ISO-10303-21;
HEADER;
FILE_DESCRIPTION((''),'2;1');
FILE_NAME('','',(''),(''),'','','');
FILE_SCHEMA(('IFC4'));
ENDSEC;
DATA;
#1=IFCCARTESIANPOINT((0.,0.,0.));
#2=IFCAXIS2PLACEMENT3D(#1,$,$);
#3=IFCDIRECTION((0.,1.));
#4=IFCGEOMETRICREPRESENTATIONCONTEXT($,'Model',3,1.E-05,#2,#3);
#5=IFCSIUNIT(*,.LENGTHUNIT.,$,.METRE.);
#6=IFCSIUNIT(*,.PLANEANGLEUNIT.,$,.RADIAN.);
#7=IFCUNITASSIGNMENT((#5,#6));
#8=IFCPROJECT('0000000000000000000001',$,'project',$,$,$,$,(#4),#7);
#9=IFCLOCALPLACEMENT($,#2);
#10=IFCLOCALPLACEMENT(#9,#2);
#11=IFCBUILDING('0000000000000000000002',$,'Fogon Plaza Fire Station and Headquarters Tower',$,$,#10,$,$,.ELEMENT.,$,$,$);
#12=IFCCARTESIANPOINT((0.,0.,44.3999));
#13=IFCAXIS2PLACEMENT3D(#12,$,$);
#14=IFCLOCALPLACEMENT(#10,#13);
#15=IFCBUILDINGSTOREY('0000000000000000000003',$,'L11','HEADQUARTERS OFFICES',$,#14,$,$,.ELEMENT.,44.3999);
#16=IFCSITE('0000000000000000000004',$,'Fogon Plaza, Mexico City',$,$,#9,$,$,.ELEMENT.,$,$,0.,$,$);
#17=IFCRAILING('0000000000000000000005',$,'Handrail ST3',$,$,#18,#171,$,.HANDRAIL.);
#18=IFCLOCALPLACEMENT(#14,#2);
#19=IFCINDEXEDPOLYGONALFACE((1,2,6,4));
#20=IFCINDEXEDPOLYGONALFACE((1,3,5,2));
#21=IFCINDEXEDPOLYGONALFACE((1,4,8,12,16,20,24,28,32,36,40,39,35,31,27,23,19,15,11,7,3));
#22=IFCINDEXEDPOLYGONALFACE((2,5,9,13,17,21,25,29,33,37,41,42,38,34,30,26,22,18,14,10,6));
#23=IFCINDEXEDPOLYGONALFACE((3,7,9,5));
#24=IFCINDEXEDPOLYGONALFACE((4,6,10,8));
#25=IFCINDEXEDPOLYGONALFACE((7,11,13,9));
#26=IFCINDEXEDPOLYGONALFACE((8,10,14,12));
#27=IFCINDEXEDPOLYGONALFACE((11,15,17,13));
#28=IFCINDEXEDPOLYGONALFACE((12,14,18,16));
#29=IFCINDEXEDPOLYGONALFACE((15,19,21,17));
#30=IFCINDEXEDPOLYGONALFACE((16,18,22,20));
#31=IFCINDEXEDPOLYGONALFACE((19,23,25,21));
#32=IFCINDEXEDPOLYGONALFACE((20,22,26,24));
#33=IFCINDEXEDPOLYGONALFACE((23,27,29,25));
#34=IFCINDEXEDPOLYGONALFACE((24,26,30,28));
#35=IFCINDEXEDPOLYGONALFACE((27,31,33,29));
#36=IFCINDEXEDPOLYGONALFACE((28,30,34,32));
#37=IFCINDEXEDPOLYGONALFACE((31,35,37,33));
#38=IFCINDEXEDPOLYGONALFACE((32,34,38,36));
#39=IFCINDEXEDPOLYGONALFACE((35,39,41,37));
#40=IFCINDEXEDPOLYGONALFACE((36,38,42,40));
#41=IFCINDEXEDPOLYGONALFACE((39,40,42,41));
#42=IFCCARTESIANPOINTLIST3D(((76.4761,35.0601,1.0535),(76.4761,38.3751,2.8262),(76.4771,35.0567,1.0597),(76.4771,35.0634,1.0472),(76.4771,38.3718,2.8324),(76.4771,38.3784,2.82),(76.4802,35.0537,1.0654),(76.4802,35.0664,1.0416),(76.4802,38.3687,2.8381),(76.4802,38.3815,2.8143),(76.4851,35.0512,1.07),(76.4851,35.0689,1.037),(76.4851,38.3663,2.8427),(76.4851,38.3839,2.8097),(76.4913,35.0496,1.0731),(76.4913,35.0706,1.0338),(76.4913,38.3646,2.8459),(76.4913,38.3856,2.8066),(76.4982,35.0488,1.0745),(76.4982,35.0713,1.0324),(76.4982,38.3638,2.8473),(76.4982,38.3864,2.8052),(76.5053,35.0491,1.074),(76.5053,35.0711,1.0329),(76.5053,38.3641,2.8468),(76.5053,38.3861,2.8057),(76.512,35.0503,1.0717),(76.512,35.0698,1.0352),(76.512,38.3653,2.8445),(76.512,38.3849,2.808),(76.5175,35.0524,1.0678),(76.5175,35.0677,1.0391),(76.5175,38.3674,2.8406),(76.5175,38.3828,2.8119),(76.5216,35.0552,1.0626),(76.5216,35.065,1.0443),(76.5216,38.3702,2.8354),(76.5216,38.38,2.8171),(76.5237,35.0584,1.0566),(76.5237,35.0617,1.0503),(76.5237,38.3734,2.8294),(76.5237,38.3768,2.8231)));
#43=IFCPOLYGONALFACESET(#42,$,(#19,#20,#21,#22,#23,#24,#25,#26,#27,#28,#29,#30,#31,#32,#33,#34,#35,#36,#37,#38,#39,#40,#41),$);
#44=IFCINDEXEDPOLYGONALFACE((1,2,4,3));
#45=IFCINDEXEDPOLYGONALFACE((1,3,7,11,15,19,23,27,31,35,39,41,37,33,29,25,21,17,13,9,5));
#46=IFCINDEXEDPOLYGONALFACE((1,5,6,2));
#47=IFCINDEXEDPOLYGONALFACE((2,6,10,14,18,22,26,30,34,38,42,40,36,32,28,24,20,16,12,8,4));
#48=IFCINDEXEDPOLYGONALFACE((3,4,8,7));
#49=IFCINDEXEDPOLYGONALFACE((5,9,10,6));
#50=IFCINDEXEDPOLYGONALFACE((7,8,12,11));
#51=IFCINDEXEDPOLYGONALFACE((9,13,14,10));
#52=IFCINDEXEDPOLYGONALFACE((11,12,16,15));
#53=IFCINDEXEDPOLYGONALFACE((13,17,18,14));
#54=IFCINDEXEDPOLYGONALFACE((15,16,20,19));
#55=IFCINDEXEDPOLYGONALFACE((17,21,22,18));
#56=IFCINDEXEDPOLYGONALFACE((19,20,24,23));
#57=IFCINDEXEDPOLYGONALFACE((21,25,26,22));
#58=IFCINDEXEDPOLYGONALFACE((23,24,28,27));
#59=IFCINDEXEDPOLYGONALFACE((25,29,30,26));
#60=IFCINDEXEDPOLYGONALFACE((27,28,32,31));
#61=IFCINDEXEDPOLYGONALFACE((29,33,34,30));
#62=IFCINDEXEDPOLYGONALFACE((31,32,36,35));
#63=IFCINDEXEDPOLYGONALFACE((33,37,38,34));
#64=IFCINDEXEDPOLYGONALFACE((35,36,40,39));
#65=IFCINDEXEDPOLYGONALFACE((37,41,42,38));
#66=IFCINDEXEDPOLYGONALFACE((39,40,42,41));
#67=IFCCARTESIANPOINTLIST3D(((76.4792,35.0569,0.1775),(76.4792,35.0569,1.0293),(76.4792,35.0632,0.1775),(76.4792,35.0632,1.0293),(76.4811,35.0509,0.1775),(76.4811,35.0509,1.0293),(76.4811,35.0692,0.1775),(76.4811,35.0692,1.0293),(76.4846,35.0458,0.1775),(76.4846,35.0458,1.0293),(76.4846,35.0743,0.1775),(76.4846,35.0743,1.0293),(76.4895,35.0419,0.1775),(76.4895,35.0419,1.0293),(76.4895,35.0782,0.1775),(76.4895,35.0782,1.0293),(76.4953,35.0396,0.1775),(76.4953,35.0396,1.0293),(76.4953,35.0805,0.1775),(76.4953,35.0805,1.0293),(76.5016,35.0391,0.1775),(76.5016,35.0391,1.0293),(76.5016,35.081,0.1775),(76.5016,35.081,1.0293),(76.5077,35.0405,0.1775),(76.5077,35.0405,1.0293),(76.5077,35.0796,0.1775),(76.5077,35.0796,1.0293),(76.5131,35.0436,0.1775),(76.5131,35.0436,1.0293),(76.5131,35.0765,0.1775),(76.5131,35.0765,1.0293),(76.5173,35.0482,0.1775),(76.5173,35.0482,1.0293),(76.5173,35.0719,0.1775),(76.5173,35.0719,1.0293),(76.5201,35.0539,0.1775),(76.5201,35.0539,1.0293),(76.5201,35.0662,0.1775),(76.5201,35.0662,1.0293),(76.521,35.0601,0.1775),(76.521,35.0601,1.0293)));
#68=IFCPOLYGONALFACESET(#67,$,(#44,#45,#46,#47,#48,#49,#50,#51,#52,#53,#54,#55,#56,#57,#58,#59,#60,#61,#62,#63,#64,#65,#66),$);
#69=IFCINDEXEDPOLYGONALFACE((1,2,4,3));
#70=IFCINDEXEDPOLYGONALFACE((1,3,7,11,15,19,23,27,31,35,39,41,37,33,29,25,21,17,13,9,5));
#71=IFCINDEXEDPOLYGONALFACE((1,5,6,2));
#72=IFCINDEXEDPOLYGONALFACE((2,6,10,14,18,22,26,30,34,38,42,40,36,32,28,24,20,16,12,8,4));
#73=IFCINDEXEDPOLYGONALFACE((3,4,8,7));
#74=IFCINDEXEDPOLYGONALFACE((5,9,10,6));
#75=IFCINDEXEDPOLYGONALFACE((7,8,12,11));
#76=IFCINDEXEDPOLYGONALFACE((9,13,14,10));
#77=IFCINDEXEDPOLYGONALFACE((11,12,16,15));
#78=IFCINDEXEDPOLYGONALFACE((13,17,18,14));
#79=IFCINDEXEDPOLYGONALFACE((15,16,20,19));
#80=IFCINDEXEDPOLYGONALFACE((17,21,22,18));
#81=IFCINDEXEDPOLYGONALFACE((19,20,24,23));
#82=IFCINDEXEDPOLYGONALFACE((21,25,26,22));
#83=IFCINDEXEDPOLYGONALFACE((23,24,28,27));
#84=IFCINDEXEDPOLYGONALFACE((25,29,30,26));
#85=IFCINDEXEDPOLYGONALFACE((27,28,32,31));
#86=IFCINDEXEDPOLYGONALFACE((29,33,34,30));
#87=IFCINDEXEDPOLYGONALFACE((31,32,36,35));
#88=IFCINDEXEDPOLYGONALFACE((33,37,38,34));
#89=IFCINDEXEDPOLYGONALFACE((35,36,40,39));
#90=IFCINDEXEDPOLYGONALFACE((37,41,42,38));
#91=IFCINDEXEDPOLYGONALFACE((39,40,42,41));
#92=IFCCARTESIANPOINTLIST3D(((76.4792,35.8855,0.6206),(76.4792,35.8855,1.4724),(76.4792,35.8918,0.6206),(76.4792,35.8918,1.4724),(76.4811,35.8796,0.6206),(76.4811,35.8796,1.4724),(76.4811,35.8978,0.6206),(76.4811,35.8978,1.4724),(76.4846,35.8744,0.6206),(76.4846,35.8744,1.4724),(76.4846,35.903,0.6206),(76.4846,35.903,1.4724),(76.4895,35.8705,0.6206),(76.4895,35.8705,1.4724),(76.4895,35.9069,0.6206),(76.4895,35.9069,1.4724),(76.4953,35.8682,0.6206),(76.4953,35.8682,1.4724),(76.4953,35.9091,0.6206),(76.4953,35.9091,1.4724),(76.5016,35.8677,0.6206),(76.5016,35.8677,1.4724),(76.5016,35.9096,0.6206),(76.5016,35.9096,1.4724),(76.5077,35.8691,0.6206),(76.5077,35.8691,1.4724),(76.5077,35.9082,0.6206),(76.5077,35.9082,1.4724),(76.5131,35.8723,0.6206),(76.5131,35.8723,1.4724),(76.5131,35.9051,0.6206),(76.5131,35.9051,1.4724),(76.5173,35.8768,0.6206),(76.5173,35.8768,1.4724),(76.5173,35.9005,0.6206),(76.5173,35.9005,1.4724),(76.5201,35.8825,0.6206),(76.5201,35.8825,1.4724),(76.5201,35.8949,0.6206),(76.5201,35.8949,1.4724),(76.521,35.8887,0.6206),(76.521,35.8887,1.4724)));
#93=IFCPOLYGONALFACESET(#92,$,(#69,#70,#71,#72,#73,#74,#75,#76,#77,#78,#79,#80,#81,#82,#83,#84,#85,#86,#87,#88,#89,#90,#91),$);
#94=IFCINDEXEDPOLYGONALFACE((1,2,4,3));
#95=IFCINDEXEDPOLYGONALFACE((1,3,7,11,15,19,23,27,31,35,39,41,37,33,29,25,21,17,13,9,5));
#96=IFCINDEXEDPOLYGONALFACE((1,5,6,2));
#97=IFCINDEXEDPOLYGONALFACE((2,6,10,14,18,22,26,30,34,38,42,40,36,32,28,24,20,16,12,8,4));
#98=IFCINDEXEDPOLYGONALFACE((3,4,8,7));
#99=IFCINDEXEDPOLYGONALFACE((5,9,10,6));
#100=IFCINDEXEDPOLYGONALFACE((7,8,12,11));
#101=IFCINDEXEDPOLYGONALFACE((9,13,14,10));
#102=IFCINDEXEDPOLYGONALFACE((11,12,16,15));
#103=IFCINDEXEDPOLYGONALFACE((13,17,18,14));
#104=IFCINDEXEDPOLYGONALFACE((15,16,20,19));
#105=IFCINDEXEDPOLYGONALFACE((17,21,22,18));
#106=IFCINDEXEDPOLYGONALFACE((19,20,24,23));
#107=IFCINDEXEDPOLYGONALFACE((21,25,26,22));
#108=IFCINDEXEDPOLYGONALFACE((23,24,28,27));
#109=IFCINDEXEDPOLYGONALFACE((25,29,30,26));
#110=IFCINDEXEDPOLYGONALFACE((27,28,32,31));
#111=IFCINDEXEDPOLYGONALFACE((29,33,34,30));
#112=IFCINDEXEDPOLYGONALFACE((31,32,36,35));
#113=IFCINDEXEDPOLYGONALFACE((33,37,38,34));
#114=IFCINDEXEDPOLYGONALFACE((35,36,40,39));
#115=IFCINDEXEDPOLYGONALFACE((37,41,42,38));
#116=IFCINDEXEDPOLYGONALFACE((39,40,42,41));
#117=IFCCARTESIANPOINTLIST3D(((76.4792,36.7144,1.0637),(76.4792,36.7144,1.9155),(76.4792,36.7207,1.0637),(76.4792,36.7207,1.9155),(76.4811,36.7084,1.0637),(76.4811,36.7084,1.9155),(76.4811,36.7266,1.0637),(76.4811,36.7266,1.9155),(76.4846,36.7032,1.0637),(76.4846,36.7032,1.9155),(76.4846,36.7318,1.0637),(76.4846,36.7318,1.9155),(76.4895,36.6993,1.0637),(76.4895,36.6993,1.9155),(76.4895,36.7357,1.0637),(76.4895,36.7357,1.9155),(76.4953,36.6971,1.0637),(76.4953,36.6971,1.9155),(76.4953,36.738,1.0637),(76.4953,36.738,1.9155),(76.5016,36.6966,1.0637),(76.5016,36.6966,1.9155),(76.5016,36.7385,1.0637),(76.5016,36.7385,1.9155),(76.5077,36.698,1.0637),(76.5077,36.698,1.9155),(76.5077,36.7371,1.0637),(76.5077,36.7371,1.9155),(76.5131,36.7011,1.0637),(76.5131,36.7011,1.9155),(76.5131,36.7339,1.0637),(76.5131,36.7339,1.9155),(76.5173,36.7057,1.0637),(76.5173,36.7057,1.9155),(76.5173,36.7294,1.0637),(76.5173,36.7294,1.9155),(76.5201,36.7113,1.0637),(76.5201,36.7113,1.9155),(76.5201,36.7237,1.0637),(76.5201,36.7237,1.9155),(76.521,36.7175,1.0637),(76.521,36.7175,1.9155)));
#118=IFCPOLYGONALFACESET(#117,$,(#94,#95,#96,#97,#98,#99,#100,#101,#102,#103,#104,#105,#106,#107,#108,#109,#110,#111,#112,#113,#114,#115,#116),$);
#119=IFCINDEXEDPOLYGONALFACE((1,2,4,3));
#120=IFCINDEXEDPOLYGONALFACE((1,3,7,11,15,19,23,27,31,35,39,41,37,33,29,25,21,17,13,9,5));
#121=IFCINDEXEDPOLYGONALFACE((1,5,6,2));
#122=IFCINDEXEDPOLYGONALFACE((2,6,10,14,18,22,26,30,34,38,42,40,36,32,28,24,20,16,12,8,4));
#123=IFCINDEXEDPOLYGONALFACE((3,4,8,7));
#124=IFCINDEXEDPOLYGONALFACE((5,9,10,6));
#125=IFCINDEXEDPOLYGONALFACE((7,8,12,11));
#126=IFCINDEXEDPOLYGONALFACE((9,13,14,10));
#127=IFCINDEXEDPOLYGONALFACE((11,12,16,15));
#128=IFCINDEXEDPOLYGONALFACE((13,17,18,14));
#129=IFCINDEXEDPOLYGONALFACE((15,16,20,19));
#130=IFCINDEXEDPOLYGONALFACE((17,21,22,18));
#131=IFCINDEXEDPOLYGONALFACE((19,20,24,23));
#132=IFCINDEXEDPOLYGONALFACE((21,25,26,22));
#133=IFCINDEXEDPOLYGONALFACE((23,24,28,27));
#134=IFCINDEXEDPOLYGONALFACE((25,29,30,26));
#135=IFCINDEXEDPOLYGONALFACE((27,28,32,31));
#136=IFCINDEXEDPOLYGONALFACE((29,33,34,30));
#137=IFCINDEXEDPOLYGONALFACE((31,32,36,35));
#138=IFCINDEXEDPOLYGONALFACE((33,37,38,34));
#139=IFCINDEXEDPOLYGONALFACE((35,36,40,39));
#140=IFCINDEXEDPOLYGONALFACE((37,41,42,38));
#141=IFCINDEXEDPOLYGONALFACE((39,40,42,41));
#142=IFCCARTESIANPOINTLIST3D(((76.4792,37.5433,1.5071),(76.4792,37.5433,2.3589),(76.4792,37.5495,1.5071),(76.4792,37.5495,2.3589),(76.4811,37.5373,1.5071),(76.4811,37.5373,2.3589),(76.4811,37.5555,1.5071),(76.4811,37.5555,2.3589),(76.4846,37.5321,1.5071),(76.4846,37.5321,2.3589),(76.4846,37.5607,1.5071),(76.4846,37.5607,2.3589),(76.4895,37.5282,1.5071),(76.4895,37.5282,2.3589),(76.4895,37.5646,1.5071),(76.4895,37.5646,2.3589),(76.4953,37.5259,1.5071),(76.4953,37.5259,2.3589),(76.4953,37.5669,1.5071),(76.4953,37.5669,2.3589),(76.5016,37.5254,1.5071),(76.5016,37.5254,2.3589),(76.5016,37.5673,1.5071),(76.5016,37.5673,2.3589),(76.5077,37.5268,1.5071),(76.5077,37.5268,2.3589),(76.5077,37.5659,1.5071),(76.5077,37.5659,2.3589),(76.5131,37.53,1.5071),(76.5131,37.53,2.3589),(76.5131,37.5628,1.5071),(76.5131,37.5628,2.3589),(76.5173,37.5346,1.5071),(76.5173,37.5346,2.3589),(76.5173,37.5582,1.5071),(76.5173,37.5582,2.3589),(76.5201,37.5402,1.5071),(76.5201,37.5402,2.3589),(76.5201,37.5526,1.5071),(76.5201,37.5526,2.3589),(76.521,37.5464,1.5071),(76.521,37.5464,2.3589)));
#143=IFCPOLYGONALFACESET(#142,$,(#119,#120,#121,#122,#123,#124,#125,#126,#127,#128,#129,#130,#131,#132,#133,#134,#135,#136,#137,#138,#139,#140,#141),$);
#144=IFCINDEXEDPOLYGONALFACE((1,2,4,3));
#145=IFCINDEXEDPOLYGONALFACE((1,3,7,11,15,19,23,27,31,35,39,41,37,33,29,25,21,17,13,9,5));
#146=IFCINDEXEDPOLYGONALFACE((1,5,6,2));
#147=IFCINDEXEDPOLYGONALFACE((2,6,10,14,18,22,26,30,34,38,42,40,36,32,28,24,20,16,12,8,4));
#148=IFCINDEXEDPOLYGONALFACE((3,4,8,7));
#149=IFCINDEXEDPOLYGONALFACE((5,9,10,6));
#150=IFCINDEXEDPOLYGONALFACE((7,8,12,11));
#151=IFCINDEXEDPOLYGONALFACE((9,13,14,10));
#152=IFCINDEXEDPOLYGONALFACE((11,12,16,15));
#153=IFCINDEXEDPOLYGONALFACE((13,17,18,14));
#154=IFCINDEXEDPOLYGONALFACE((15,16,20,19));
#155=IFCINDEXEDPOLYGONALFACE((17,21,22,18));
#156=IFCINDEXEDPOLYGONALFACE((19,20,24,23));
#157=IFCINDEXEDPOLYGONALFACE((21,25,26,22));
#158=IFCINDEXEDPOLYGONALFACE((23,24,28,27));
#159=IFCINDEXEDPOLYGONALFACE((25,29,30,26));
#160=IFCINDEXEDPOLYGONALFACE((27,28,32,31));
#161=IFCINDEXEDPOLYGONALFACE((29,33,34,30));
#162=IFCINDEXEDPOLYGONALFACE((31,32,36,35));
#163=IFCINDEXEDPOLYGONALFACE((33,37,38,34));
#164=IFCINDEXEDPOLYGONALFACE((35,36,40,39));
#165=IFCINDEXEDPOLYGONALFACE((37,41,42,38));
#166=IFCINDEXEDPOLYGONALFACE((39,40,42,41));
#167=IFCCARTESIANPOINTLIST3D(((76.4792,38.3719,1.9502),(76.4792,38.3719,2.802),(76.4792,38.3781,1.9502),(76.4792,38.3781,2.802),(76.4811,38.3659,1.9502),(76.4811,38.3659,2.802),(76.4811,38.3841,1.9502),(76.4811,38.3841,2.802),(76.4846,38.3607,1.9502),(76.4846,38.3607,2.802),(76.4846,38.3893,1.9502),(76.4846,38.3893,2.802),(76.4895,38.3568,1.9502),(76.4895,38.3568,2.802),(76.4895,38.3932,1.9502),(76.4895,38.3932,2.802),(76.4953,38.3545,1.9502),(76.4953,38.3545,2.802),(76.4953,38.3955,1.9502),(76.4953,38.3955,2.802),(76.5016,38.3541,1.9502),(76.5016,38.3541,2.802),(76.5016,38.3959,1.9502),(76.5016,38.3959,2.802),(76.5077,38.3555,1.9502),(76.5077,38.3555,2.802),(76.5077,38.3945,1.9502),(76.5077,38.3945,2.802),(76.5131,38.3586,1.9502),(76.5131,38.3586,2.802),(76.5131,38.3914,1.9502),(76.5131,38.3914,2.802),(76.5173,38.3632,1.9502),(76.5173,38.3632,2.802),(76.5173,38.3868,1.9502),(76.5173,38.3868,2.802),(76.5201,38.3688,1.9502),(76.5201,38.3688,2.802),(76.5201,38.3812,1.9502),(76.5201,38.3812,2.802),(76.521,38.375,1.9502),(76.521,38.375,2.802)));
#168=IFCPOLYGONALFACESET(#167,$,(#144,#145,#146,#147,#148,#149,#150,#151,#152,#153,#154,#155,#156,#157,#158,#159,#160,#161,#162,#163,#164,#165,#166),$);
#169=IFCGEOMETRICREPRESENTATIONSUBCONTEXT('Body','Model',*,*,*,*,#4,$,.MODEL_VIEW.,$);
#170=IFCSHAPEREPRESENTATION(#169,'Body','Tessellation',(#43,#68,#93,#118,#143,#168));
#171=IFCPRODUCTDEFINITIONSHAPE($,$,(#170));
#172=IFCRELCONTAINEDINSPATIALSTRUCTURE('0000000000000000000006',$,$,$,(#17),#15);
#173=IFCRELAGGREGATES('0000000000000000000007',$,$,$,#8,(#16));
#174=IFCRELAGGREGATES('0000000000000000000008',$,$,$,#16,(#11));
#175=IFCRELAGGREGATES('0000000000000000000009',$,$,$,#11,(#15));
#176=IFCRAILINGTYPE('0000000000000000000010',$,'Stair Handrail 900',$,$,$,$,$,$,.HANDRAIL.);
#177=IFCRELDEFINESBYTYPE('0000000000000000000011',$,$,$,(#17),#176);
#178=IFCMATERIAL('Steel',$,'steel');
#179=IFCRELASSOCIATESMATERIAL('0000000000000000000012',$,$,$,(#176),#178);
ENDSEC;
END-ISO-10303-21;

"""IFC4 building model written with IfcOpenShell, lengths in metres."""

from ifc_helpers import new_model, si_unit, direction, frame, origin, origin_2d, place, context, subcontext, project, spatial, circle, extrude, material, type_object, element, save


model = new_model("IFC4")

# Units and contexts
model_context = context("Model", 3, precision=1e-05, world=origin(), true_north=direction((0.0, 1.0)))
body_context = subcontext(model_context, "Body", "Model", "MODEL_VIEW")
ifc_project = project(units=[si_unit("LENGTHUNIT", "METRE"), si_unit("PLANEANGLEUNIT", "RADIAN")], contexts=[model_context])

# Site, building, storey
site_placement = place(None, origin())
site = spatial("IfcSite", under=ifc_project, at=site_placement, Name="Fogon Plaza, Mexico City", CompositionType="ELEMENT", RefElevation=0.0)
building_placement = place(site_placement, origin())
building = spatial("IfcBuilding", under=site, at=building_placement, Name="Fogon Plaza Fire Station and Headquarters Tower", CompositionType="ELEMENT")
storey_placement = place(building_placement, frame((0.0, 0.0, 44.3999)))
storey = spatial("IfcBuildingStorey", under=building, at=storey_placement, Name="L11", Description="HEADQUARTERS OFFICES", CompositionType="ELEMENT", Elevation=44.3999)

# Railing
ifc_material_1 = material(Name="Steel", Category="steel")
railing_type = type_object("IfcRailingType", Name="Stair Handrail 900", PredefinedType="HANDRAIL", material=ifc_material_1)
for number, where, name in (
    (1, (76.5, 35.0601, 0.1775), "Handrail ST3"),
):
    element("IfcRailing", number, at=place(storey_placement, frame(where)), inside=storey, type_object=railing_type, Name=name, PredefinedType="HANDRAIL", context=body_context, shape_type="SweptSolid", body=[
        extrude(circle(Radius=0.0239, at=origin_2d()), frame((0.0, 0.0, 0.876), z_axis=(0.0, 0.881829, 0.471569), x_axis=(-1.0, 0.0, 0.0)), (0.0, 0.0, 1.0), 3.7593),
        extrude(circle(Radius=0.021, at=origin_2d()), origin(), (0.0, 0.0, 1.0), 0.8518),
        extrude(circle(Radius=0.021, at=origin_2d()), frame((0.0, 0.8286, 0.4431)), (0.0, 0.0, 1.0), 0.8518),
        extrude(circle(Radius=0.021, at=origin_2d()), frame((0.0, 1.6575, 0.8862)), (0.0, 0.0, 1.0), 0.8518),
        extrude(circle(Radius=0.021, at=origin_2d()), frame((0.0, 2.4863, 1.3296)), (0.0, 0.0, 1.0), 0.8518),
        extrude(circle(Radius=0.021, at=origin_2d()), frame((0.0, 3.3149, 1.7727)), (0.0, 0.0, 1.0), 0.8518),
    ])

save(model, "model.ifc")
